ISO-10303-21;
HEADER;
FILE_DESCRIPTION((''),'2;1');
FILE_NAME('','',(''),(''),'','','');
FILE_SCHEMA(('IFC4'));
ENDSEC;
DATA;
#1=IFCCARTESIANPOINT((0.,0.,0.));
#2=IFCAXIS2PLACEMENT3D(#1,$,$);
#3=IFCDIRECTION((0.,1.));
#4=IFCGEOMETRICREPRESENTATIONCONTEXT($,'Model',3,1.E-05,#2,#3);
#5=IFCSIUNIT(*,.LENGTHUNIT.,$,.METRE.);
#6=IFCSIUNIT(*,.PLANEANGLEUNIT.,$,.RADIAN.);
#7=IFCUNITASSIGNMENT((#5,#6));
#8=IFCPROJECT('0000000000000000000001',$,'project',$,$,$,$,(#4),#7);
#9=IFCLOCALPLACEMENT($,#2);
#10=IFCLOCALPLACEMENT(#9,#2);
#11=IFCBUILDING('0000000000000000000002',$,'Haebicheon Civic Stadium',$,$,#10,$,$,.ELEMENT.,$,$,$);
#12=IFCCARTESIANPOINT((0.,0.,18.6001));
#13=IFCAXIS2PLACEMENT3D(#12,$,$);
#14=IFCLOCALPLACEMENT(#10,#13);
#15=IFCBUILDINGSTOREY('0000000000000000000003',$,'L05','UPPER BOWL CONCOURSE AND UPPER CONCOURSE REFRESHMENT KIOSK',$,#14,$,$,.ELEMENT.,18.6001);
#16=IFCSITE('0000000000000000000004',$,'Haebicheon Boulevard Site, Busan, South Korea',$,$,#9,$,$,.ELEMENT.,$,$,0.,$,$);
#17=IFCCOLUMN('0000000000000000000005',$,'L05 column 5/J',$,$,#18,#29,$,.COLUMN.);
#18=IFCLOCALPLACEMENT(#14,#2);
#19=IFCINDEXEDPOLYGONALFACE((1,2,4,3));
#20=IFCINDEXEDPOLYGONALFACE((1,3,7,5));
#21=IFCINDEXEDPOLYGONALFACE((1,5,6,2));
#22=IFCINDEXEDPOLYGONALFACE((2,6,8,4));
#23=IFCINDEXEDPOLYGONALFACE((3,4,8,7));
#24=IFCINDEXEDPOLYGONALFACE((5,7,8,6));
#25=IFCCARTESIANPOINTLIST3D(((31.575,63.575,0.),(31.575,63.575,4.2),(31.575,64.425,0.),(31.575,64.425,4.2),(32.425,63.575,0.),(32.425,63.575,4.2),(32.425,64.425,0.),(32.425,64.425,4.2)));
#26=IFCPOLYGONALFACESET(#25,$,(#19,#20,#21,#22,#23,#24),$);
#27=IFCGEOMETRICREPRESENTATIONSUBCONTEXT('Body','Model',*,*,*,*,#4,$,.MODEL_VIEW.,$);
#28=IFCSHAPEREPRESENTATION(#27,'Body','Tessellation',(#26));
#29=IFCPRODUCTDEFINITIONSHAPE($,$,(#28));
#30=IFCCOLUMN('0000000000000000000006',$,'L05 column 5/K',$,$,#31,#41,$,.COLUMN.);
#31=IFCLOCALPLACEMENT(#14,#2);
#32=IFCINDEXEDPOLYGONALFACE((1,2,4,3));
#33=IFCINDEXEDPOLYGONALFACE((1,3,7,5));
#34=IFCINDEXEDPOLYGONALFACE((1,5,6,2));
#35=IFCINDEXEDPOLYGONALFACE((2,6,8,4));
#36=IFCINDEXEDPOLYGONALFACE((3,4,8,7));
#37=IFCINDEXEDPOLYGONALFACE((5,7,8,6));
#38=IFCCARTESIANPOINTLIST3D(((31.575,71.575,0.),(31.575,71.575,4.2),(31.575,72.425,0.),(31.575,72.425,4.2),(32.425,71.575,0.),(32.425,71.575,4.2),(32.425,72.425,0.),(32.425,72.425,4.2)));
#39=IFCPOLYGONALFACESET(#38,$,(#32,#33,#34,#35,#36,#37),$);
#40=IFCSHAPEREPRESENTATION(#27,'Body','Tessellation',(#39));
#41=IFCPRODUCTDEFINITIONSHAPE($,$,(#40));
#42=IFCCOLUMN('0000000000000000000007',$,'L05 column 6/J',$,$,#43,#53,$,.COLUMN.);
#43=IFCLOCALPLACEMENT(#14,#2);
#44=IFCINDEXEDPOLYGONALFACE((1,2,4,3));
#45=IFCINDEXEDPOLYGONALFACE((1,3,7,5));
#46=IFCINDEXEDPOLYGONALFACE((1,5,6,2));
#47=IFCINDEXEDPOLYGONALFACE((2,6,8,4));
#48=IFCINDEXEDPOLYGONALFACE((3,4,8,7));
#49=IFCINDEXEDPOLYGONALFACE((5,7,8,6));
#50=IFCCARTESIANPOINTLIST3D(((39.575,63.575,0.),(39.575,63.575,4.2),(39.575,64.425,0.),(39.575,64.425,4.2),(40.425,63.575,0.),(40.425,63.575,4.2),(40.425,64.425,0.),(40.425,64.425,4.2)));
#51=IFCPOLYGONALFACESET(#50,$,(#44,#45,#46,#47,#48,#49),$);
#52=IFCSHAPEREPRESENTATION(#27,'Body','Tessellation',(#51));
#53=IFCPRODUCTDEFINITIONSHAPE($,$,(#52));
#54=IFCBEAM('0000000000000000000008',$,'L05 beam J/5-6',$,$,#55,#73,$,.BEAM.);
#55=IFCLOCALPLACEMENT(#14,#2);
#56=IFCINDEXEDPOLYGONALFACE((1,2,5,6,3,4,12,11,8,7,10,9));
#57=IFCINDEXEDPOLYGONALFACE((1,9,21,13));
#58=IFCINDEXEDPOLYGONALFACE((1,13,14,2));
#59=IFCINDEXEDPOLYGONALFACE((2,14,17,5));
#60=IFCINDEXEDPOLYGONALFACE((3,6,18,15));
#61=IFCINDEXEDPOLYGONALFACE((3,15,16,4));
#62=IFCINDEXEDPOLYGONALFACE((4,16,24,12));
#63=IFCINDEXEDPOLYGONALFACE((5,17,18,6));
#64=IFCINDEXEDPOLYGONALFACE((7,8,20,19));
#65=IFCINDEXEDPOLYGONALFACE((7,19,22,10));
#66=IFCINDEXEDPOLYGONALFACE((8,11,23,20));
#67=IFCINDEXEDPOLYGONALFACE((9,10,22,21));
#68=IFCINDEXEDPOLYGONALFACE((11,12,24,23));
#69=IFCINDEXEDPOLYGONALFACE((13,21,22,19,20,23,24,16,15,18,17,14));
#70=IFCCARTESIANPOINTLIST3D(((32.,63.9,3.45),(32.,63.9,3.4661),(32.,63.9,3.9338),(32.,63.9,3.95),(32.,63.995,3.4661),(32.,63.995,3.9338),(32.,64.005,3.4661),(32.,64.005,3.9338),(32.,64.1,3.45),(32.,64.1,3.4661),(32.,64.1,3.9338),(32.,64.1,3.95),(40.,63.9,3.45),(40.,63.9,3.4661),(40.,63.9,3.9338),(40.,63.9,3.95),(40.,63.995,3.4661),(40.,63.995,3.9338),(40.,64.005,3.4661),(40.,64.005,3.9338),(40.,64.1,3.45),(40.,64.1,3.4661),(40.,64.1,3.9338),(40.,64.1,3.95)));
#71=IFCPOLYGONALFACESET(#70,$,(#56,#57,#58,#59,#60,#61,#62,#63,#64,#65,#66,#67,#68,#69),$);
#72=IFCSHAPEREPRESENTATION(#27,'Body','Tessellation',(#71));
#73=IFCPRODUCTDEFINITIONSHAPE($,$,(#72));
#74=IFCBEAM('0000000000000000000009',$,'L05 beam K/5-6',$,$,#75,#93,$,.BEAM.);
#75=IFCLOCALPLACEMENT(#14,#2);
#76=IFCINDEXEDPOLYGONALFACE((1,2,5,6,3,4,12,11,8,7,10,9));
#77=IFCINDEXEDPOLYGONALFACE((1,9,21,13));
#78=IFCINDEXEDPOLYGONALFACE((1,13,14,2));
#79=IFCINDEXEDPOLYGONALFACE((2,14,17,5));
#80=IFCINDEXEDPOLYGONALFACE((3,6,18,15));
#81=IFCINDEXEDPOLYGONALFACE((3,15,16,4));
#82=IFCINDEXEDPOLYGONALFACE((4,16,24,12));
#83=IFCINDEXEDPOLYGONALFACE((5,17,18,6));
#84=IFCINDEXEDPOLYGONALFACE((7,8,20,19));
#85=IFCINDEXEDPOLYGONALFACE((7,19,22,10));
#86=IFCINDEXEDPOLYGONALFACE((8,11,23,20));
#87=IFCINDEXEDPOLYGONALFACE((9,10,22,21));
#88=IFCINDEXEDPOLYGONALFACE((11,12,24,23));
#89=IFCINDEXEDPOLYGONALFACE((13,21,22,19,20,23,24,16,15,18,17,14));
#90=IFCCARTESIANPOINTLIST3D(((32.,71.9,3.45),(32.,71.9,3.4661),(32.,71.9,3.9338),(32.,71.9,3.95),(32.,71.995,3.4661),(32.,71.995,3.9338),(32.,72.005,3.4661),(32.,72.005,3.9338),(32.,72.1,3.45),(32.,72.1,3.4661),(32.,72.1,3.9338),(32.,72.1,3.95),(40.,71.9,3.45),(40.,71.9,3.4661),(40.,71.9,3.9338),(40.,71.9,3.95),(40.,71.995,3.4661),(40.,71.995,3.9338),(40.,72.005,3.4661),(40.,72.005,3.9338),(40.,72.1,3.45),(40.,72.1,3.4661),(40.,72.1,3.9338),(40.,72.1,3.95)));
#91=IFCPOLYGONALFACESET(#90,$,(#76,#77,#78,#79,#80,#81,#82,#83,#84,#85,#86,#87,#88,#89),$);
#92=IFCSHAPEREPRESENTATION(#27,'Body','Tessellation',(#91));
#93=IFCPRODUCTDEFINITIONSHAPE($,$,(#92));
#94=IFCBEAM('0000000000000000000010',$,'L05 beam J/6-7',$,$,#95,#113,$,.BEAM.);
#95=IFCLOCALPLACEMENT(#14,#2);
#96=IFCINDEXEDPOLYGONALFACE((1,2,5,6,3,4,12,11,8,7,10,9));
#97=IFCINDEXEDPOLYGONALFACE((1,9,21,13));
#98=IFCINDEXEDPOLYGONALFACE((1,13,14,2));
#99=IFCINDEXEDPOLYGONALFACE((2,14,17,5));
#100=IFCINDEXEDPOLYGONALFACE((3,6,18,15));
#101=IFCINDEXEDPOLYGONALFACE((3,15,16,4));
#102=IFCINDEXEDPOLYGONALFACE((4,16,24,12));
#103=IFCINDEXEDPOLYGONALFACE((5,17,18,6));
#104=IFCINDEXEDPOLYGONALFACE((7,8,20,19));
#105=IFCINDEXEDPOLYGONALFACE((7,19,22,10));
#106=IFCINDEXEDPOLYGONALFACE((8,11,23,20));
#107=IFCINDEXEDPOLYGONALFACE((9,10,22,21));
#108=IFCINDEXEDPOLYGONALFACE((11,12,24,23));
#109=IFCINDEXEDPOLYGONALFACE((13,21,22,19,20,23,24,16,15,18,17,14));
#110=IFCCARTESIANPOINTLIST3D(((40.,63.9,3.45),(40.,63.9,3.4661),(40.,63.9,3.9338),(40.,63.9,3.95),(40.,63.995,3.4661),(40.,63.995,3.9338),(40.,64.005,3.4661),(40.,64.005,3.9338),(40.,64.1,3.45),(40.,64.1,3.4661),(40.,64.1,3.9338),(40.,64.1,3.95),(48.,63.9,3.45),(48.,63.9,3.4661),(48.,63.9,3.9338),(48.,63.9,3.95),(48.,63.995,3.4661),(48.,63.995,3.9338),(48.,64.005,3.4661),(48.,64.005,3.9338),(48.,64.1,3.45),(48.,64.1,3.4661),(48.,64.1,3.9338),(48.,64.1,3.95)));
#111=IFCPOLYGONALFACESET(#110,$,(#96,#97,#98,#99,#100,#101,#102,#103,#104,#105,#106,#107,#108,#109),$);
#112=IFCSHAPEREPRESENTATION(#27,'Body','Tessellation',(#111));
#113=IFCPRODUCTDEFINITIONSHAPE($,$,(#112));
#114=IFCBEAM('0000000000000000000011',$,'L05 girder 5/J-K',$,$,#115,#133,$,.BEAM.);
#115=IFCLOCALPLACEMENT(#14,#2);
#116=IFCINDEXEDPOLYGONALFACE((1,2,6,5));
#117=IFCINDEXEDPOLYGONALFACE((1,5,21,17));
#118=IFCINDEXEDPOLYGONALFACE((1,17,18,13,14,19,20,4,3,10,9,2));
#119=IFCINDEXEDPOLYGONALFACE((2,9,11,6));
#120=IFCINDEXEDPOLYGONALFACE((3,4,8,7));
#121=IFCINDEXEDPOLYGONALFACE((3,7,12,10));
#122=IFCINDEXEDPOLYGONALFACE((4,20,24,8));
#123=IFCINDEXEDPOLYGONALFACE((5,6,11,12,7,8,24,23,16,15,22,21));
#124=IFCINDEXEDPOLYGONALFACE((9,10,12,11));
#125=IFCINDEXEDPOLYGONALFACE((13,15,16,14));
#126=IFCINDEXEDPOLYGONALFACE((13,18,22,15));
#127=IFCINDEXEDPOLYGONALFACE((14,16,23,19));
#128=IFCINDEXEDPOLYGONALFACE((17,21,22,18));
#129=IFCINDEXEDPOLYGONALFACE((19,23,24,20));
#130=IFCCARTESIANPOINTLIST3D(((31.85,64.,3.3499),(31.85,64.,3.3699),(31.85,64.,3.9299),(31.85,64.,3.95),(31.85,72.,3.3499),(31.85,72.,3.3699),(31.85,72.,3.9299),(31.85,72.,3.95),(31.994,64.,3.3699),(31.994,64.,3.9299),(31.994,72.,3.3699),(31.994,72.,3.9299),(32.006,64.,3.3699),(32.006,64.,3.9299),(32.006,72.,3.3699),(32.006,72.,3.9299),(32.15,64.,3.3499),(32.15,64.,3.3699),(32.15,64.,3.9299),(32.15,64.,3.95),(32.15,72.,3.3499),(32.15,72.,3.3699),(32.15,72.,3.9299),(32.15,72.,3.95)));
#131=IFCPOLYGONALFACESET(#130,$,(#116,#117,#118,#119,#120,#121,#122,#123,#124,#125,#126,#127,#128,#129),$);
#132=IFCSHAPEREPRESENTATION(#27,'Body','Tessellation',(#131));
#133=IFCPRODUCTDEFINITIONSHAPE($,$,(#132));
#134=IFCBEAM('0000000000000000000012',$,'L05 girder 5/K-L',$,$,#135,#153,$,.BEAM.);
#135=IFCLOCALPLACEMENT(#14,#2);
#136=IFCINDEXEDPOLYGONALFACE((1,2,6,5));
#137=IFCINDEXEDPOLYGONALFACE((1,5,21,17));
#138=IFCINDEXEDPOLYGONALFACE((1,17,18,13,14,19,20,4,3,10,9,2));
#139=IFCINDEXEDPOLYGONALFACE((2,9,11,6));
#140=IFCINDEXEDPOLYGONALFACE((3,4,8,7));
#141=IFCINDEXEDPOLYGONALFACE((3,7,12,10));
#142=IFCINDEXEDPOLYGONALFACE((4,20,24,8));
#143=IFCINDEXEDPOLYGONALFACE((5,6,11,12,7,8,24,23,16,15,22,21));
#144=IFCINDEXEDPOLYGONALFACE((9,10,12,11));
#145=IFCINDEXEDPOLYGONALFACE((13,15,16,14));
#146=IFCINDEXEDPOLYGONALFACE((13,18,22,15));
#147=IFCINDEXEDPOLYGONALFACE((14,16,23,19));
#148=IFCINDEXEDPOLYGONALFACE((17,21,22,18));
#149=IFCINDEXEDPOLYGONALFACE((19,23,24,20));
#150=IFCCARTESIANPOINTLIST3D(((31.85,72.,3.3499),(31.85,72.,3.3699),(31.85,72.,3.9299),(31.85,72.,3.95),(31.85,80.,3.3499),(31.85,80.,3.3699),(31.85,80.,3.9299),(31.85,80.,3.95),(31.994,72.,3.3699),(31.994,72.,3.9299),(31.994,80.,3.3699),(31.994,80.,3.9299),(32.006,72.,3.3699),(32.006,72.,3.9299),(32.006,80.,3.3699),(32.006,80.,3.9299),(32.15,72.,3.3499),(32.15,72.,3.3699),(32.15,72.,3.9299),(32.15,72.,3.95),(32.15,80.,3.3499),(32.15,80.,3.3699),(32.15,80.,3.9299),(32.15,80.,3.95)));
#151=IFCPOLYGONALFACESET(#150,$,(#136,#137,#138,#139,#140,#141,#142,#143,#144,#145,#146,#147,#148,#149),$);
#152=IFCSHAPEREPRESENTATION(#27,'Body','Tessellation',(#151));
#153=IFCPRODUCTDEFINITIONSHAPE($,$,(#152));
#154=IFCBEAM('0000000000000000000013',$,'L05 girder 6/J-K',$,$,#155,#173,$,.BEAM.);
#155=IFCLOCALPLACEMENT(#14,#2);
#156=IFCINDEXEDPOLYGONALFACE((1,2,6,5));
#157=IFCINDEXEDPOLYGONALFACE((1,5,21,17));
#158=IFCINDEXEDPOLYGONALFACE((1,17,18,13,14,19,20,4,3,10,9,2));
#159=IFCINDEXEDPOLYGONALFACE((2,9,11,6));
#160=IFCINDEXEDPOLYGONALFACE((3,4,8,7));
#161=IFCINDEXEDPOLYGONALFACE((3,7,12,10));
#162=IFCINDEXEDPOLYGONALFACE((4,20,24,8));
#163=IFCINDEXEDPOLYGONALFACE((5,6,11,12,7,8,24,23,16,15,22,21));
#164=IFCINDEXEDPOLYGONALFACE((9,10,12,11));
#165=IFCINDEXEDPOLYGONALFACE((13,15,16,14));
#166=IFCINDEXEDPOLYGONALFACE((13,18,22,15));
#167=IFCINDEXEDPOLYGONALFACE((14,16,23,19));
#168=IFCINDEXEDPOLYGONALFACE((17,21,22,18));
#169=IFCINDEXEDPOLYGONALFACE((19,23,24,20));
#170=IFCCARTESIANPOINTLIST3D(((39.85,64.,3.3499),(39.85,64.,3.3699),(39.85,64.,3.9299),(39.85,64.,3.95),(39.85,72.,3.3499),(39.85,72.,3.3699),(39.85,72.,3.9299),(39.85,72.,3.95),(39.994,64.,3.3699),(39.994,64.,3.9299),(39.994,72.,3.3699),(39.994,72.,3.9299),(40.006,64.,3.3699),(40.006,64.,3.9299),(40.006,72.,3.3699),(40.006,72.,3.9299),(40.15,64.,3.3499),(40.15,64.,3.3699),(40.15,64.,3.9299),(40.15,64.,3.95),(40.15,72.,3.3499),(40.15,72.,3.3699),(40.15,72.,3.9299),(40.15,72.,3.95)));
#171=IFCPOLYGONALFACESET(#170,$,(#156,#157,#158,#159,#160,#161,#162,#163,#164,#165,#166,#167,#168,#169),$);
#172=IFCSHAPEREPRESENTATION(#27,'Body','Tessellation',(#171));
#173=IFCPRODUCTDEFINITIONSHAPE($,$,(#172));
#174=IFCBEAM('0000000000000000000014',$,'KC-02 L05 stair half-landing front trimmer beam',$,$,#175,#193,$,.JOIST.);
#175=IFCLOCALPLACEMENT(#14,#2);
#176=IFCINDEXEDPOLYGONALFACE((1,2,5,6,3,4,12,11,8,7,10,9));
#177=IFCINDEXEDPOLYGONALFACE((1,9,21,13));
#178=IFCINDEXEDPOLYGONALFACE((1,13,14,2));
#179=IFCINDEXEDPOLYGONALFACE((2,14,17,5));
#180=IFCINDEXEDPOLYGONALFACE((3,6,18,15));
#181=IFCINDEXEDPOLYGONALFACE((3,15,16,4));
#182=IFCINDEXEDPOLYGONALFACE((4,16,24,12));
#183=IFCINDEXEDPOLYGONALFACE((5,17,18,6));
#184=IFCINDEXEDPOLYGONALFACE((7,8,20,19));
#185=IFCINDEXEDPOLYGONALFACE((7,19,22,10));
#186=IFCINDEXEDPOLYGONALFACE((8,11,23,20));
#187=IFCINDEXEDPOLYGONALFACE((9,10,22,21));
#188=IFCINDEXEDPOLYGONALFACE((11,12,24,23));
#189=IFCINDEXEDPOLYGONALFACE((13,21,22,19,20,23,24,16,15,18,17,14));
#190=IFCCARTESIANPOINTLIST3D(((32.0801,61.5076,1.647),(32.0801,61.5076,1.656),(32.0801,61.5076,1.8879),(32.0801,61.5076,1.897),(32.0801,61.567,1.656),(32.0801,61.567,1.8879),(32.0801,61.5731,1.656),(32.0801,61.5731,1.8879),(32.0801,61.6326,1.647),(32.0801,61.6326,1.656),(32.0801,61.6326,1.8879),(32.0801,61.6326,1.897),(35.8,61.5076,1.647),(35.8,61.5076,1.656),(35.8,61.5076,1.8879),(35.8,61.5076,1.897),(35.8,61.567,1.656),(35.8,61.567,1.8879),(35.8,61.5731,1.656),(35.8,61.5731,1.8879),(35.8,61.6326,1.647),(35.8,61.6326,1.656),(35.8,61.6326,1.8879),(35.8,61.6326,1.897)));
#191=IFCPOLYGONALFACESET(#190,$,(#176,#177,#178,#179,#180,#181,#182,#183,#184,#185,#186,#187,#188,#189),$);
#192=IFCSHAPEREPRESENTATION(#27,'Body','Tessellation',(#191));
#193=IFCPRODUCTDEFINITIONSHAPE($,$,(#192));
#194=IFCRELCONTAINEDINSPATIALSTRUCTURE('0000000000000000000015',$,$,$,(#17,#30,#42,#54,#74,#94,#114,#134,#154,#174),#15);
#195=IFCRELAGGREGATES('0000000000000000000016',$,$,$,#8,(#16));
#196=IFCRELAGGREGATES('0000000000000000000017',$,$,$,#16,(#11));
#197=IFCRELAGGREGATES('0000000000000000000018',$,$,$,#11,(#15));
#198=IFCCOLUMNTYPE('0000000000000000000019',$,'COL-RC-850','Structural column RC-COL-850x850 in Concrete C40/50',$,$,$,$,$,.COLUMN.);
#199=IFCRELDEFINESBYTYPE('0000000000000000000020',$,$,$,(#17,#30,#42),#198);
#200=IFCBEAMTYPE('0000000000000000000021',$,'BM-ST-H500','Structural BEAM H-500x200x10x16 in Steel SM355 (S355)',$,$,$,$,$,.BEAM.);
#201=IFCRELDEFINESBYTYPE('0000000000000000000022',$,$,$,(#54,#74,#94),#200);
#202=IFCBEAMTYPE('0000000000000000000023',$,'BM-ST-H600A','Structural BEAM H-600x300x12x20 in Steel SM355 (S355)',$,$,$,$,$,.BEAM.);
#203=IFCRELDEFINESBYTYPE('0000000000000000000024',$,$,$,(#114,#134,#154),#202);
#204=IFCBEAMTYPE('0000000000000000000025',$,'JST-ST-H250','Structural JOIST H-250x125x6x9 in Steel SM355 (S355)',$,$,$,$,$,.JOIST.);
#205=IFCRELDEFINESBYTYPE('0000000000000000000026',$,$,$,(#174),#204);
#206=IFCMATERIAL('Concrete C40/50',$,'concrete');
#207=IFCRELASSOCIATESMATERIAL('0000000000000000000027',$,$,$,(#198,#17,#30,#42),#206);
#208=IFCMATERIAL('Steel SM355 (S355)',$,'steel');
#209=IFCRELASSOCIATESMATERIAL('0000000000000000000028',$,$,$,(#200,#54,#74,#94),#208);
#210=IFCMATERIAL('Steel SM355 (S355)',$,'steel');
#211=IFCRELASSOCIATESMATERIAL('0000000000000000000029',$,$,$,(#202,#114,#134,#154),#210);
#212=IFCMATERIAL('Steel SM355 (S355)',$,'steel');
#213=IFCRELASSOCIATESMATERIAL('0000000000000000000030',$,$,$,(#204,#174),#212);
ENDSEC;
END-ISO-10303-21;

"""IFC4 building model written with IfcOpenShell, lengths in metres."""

from ifc_helpers import new_model, si_unit, direction, frame, origin, origin_2d, place, context, subcontext, project, spatial, rectangle, i_section, extrude, material, material_profile, profile_set, type_object, element, save


model = new_model("IFC4")

# Units and contexts
model_context = context("Model", 3, precision=1e-05, world=origin(), true_north=direction((0.0, 1.0)))
body_context = subcontext(model_context, "Body", "Model", "MODEL_VIEW")
ifc_project = project(units=[si_unit("LENGTHUNIT", "METRE"), si_unit("PLANEANGLEUNIT", "RADIAN")], contexts=[model_context])

# Site, building, storey
site_placement = place(None, origin())
site = spatial("IfcSite", under=ifc_project, at=site_placement, Name="Haebicheon Boulevard Site, Busan, South Korea", CompositionType="ELEMENT", RefElevation=0.0)
building_placement = place(site_placement, origin())
building = spatial("IfcBuilding", under=site, at=building_placement, Name="Haebicheon Civic Stadium", CompositionType="ELEMENT")
storey_placement = place(building_placement, frame((0.0, 0.0, 18.6001)))
storey = spatial("IfcBuildingStorey", under=building, at=storey_placement, Name="L05", Description="UPPER BOWL CONCOURSE AND UPPER CONCOURSE REFRESHMENT KIOSK", CompositionType="ELEMENT", Elevation=18.6001)

# Columns
ifc_material_1 = material(Name="Concrete C40/50", Category="concrete")
ifc_material_profile_1 = material_profile(ifc_material_1, rectangle(XDim=0.8501, YDim=0.8501, at=origin_2d()), Name="RC-COL-850x850")
ifc_profile_set_1 = profile_set([ifc_material_profile_1], Name="Concrete C40/50")
column_type = type_object("IfcColumnType", Name="COL-RC-850", Description="Structural column RC-COL-850x850 in Concrete C40/50", PredefinedType="COLUMN", material=ifc_profile_set_1)
for number, where, z_axis, x_axis, name in (
    (1, (32.0, 64.0, 0.0), (0.0, 0.0, 1.0), (1.0, 0.0, 0.0), "L05 column 5/J"),
    (2, (32.0, 72.0, 0.0), (0.0, 0.0, 1.0), (1.0, 0.0, 0.0), "L05 column 5/K"),
    (3, (40.0, 64.0, 0.0), (0.0, 0.0, 1.0), (1.0, 0.0, 0.0), "L05 column 6/J"),
):
    element("IfcColumn", number, at=place(storey_placement, frame(where, z_axis=z_axis, x_axis=x_axis)), inside=storey, type_object=column_type, material=ifc_profile_set_1, Name=name, PredefinedType="COLUMN", context=body_context, shape_type="SweptSolid", body=[
        extrude(rectangle(XDim=0.8501, YDim=0.8501, at=origin_2d()), origin(), (0.0, 0.0, 1.0), 4.2),
    ])

# Beams
ifc_material_2 = material(Name="Steel SM355 (S355)", Category="steel")
ifc_material_profile_2 = material_profile(ifc_material_2, i_section(OverallWidth=0.2, OverallDepth=0.5, WebThickness=0.01, FlangeThickness=0.0161, at=origin_2d()), Name="H-500x200x10x16")
ifc_profile_set_2 = profile_set([ifc_material_profile_2], Name="Steel SM355 (S355)")
beam_type_1 = type_object("IfcBeamType", Name="BM-ST-H500", Description="Structural BEAM H-500x200x10x16 in Steel SM355 (S355)", PredefinedType="BEAM", material=ifc_profile_set_2)
for number, where, z_axis, x_axis, name in (
    (4, (32.0, 64.0, 3.7), (1.0, 0.0, 0.0), (0.0, 1.0, 0.0), "L05 beam J/5-6"),
    (5, (32.0, 72.0, 3.7), (1.0, 0.0, 0.0), (0.0, 1.0, 0.0), "L05 beam K/5-6"),
    (6, (40.0, 64.0, 3.7), (1.0, 0.0, 0.0), (0.0, 1.0, 0.0), "L05 beam J/6-7"),
):
    element("IfcBeam", number, at=place(storey_placement, frame(where, z_axis=z_axis, x_axis=x_axis)), inside=storey, type_object=beam_type_1, material=ifc_profile_set_2, Name=name, PredefinedType="BEAM", context=body_context, shape_type="SweptSolid", body=[
        extrude(i_section(OverallWidth=0.2, OverallDepth=0.5, WebThickness=0.01, FlangeThickness=0.0161, at=origin_2d()), origin(), (0.0, 0.0, 1.0), 8.0),
    ])
ifc_material_3 = material(Name="Steel SM355 (S355)", Category="steel")
ifc_material_profile_3 = material_profile(ifc_material_3, i_section(OverallWidth=0.3, OverallDepth=0.6001, WebThickness=0.012, FlangeThickness=0.02, at=origin_2d()), Name="H-600x300x12x20")
ifc_profile_set_3 = profile_set([ifc_material_profile_3], Name="Steel SM355 (S355)")
beam_type_2 = type_object("IfcBeamType", Name="BM-ST-H600A", Description="Structural BEAM H-600x300x12x20 in Steel SM355 (S355)", PredefinedType="BEAM", material=ifc_profile_set_3)
for number, where, z_axis, x_axis, name in (
    (7, (32.0, 64.0, 3.6499), (0.0, 1.0, 0.0), (-1.0, 0.0, 0.0), "L05 girder 5/J-K"),
    (8, (32.0, 72.0, 3.6499), (0.0, 1.0, 0.0), (-1.0, 0.0, 0.0), "L05 girder 5/K-L"),
    (9, (40.0, 64.0, 3.6499), (0.0, 1.0, 0.0), (-1.0, 0.0, 0.0), "L05 girder 6/J-K"),
):
    element("IfcBeam", number, at=place(storey_placement, frame(where, z_axis=z_axis, x_axis=x_axis)), inside=storey, type_object=beam_type_2, material=ifc_profile_set_3, Name=name, PredefinedType="BEAM", context=body_context, shape_type="SweptSolid", body=[
        extrude(i_section(OverallWidth=0.3, OverallDepth=0.6001, WebThickness=0.012, FlangeThickness=0.02, at=origin_2d()), origin(), (0.0, 0.0, 1.0), 8.0),
    ])
ifc_material_4 = material(Name="Steel SM355 (S355)", Category="steel")
ifc_material_profile_4 = material_profile(ifc_material_4, i_section(OverallWidth=0.125, OverallDepth=0.25, WebThickness=0.0061, FlangeThickness=0.009, at=origin_2d()), Name="H-250x125x6x9")
ifc_profile_set_4 = profile_set([ifc_material_profile_4], Name="Steel SM355 (S355)")
beam_type_3 = type_object("IfcBeamType", Name="JST-ST-H250", Description="Structural JOIST H-250x125x6x9 in Steel SM355 (S355)", PredefinedType="JOIST", material=ifc_profile_set_4)
for number, where, z_axis, x_axis, name in (
    (10, (32.0801, 61.5701, 1.772), (1.0, 0.0, 0.0), (0.0, 1.0, 0.0), "KC-02 L05 stair half-landing front trimmer beam"),
):
    element("IfcBeam", number, at=place(storey_placement, frame(where, z_axis=z_axis, x_axis=x_axis)), inside=storey, type_object=beam_type_3, material=ifc_profile_set_4, Name=name, PredefinedType="JOIST", context=body_context, shape_type="SweptSolid", body=[
        extrude(i_section(OverallWidth=0.125, OverallDepth=0.25, WebThickness=0.0061, FlangeThickness=0.009, at=origin_2d()), origin(), (0.0, 0.0, 1.0), 3.72),
    ])

save(model, "model.ifc")
